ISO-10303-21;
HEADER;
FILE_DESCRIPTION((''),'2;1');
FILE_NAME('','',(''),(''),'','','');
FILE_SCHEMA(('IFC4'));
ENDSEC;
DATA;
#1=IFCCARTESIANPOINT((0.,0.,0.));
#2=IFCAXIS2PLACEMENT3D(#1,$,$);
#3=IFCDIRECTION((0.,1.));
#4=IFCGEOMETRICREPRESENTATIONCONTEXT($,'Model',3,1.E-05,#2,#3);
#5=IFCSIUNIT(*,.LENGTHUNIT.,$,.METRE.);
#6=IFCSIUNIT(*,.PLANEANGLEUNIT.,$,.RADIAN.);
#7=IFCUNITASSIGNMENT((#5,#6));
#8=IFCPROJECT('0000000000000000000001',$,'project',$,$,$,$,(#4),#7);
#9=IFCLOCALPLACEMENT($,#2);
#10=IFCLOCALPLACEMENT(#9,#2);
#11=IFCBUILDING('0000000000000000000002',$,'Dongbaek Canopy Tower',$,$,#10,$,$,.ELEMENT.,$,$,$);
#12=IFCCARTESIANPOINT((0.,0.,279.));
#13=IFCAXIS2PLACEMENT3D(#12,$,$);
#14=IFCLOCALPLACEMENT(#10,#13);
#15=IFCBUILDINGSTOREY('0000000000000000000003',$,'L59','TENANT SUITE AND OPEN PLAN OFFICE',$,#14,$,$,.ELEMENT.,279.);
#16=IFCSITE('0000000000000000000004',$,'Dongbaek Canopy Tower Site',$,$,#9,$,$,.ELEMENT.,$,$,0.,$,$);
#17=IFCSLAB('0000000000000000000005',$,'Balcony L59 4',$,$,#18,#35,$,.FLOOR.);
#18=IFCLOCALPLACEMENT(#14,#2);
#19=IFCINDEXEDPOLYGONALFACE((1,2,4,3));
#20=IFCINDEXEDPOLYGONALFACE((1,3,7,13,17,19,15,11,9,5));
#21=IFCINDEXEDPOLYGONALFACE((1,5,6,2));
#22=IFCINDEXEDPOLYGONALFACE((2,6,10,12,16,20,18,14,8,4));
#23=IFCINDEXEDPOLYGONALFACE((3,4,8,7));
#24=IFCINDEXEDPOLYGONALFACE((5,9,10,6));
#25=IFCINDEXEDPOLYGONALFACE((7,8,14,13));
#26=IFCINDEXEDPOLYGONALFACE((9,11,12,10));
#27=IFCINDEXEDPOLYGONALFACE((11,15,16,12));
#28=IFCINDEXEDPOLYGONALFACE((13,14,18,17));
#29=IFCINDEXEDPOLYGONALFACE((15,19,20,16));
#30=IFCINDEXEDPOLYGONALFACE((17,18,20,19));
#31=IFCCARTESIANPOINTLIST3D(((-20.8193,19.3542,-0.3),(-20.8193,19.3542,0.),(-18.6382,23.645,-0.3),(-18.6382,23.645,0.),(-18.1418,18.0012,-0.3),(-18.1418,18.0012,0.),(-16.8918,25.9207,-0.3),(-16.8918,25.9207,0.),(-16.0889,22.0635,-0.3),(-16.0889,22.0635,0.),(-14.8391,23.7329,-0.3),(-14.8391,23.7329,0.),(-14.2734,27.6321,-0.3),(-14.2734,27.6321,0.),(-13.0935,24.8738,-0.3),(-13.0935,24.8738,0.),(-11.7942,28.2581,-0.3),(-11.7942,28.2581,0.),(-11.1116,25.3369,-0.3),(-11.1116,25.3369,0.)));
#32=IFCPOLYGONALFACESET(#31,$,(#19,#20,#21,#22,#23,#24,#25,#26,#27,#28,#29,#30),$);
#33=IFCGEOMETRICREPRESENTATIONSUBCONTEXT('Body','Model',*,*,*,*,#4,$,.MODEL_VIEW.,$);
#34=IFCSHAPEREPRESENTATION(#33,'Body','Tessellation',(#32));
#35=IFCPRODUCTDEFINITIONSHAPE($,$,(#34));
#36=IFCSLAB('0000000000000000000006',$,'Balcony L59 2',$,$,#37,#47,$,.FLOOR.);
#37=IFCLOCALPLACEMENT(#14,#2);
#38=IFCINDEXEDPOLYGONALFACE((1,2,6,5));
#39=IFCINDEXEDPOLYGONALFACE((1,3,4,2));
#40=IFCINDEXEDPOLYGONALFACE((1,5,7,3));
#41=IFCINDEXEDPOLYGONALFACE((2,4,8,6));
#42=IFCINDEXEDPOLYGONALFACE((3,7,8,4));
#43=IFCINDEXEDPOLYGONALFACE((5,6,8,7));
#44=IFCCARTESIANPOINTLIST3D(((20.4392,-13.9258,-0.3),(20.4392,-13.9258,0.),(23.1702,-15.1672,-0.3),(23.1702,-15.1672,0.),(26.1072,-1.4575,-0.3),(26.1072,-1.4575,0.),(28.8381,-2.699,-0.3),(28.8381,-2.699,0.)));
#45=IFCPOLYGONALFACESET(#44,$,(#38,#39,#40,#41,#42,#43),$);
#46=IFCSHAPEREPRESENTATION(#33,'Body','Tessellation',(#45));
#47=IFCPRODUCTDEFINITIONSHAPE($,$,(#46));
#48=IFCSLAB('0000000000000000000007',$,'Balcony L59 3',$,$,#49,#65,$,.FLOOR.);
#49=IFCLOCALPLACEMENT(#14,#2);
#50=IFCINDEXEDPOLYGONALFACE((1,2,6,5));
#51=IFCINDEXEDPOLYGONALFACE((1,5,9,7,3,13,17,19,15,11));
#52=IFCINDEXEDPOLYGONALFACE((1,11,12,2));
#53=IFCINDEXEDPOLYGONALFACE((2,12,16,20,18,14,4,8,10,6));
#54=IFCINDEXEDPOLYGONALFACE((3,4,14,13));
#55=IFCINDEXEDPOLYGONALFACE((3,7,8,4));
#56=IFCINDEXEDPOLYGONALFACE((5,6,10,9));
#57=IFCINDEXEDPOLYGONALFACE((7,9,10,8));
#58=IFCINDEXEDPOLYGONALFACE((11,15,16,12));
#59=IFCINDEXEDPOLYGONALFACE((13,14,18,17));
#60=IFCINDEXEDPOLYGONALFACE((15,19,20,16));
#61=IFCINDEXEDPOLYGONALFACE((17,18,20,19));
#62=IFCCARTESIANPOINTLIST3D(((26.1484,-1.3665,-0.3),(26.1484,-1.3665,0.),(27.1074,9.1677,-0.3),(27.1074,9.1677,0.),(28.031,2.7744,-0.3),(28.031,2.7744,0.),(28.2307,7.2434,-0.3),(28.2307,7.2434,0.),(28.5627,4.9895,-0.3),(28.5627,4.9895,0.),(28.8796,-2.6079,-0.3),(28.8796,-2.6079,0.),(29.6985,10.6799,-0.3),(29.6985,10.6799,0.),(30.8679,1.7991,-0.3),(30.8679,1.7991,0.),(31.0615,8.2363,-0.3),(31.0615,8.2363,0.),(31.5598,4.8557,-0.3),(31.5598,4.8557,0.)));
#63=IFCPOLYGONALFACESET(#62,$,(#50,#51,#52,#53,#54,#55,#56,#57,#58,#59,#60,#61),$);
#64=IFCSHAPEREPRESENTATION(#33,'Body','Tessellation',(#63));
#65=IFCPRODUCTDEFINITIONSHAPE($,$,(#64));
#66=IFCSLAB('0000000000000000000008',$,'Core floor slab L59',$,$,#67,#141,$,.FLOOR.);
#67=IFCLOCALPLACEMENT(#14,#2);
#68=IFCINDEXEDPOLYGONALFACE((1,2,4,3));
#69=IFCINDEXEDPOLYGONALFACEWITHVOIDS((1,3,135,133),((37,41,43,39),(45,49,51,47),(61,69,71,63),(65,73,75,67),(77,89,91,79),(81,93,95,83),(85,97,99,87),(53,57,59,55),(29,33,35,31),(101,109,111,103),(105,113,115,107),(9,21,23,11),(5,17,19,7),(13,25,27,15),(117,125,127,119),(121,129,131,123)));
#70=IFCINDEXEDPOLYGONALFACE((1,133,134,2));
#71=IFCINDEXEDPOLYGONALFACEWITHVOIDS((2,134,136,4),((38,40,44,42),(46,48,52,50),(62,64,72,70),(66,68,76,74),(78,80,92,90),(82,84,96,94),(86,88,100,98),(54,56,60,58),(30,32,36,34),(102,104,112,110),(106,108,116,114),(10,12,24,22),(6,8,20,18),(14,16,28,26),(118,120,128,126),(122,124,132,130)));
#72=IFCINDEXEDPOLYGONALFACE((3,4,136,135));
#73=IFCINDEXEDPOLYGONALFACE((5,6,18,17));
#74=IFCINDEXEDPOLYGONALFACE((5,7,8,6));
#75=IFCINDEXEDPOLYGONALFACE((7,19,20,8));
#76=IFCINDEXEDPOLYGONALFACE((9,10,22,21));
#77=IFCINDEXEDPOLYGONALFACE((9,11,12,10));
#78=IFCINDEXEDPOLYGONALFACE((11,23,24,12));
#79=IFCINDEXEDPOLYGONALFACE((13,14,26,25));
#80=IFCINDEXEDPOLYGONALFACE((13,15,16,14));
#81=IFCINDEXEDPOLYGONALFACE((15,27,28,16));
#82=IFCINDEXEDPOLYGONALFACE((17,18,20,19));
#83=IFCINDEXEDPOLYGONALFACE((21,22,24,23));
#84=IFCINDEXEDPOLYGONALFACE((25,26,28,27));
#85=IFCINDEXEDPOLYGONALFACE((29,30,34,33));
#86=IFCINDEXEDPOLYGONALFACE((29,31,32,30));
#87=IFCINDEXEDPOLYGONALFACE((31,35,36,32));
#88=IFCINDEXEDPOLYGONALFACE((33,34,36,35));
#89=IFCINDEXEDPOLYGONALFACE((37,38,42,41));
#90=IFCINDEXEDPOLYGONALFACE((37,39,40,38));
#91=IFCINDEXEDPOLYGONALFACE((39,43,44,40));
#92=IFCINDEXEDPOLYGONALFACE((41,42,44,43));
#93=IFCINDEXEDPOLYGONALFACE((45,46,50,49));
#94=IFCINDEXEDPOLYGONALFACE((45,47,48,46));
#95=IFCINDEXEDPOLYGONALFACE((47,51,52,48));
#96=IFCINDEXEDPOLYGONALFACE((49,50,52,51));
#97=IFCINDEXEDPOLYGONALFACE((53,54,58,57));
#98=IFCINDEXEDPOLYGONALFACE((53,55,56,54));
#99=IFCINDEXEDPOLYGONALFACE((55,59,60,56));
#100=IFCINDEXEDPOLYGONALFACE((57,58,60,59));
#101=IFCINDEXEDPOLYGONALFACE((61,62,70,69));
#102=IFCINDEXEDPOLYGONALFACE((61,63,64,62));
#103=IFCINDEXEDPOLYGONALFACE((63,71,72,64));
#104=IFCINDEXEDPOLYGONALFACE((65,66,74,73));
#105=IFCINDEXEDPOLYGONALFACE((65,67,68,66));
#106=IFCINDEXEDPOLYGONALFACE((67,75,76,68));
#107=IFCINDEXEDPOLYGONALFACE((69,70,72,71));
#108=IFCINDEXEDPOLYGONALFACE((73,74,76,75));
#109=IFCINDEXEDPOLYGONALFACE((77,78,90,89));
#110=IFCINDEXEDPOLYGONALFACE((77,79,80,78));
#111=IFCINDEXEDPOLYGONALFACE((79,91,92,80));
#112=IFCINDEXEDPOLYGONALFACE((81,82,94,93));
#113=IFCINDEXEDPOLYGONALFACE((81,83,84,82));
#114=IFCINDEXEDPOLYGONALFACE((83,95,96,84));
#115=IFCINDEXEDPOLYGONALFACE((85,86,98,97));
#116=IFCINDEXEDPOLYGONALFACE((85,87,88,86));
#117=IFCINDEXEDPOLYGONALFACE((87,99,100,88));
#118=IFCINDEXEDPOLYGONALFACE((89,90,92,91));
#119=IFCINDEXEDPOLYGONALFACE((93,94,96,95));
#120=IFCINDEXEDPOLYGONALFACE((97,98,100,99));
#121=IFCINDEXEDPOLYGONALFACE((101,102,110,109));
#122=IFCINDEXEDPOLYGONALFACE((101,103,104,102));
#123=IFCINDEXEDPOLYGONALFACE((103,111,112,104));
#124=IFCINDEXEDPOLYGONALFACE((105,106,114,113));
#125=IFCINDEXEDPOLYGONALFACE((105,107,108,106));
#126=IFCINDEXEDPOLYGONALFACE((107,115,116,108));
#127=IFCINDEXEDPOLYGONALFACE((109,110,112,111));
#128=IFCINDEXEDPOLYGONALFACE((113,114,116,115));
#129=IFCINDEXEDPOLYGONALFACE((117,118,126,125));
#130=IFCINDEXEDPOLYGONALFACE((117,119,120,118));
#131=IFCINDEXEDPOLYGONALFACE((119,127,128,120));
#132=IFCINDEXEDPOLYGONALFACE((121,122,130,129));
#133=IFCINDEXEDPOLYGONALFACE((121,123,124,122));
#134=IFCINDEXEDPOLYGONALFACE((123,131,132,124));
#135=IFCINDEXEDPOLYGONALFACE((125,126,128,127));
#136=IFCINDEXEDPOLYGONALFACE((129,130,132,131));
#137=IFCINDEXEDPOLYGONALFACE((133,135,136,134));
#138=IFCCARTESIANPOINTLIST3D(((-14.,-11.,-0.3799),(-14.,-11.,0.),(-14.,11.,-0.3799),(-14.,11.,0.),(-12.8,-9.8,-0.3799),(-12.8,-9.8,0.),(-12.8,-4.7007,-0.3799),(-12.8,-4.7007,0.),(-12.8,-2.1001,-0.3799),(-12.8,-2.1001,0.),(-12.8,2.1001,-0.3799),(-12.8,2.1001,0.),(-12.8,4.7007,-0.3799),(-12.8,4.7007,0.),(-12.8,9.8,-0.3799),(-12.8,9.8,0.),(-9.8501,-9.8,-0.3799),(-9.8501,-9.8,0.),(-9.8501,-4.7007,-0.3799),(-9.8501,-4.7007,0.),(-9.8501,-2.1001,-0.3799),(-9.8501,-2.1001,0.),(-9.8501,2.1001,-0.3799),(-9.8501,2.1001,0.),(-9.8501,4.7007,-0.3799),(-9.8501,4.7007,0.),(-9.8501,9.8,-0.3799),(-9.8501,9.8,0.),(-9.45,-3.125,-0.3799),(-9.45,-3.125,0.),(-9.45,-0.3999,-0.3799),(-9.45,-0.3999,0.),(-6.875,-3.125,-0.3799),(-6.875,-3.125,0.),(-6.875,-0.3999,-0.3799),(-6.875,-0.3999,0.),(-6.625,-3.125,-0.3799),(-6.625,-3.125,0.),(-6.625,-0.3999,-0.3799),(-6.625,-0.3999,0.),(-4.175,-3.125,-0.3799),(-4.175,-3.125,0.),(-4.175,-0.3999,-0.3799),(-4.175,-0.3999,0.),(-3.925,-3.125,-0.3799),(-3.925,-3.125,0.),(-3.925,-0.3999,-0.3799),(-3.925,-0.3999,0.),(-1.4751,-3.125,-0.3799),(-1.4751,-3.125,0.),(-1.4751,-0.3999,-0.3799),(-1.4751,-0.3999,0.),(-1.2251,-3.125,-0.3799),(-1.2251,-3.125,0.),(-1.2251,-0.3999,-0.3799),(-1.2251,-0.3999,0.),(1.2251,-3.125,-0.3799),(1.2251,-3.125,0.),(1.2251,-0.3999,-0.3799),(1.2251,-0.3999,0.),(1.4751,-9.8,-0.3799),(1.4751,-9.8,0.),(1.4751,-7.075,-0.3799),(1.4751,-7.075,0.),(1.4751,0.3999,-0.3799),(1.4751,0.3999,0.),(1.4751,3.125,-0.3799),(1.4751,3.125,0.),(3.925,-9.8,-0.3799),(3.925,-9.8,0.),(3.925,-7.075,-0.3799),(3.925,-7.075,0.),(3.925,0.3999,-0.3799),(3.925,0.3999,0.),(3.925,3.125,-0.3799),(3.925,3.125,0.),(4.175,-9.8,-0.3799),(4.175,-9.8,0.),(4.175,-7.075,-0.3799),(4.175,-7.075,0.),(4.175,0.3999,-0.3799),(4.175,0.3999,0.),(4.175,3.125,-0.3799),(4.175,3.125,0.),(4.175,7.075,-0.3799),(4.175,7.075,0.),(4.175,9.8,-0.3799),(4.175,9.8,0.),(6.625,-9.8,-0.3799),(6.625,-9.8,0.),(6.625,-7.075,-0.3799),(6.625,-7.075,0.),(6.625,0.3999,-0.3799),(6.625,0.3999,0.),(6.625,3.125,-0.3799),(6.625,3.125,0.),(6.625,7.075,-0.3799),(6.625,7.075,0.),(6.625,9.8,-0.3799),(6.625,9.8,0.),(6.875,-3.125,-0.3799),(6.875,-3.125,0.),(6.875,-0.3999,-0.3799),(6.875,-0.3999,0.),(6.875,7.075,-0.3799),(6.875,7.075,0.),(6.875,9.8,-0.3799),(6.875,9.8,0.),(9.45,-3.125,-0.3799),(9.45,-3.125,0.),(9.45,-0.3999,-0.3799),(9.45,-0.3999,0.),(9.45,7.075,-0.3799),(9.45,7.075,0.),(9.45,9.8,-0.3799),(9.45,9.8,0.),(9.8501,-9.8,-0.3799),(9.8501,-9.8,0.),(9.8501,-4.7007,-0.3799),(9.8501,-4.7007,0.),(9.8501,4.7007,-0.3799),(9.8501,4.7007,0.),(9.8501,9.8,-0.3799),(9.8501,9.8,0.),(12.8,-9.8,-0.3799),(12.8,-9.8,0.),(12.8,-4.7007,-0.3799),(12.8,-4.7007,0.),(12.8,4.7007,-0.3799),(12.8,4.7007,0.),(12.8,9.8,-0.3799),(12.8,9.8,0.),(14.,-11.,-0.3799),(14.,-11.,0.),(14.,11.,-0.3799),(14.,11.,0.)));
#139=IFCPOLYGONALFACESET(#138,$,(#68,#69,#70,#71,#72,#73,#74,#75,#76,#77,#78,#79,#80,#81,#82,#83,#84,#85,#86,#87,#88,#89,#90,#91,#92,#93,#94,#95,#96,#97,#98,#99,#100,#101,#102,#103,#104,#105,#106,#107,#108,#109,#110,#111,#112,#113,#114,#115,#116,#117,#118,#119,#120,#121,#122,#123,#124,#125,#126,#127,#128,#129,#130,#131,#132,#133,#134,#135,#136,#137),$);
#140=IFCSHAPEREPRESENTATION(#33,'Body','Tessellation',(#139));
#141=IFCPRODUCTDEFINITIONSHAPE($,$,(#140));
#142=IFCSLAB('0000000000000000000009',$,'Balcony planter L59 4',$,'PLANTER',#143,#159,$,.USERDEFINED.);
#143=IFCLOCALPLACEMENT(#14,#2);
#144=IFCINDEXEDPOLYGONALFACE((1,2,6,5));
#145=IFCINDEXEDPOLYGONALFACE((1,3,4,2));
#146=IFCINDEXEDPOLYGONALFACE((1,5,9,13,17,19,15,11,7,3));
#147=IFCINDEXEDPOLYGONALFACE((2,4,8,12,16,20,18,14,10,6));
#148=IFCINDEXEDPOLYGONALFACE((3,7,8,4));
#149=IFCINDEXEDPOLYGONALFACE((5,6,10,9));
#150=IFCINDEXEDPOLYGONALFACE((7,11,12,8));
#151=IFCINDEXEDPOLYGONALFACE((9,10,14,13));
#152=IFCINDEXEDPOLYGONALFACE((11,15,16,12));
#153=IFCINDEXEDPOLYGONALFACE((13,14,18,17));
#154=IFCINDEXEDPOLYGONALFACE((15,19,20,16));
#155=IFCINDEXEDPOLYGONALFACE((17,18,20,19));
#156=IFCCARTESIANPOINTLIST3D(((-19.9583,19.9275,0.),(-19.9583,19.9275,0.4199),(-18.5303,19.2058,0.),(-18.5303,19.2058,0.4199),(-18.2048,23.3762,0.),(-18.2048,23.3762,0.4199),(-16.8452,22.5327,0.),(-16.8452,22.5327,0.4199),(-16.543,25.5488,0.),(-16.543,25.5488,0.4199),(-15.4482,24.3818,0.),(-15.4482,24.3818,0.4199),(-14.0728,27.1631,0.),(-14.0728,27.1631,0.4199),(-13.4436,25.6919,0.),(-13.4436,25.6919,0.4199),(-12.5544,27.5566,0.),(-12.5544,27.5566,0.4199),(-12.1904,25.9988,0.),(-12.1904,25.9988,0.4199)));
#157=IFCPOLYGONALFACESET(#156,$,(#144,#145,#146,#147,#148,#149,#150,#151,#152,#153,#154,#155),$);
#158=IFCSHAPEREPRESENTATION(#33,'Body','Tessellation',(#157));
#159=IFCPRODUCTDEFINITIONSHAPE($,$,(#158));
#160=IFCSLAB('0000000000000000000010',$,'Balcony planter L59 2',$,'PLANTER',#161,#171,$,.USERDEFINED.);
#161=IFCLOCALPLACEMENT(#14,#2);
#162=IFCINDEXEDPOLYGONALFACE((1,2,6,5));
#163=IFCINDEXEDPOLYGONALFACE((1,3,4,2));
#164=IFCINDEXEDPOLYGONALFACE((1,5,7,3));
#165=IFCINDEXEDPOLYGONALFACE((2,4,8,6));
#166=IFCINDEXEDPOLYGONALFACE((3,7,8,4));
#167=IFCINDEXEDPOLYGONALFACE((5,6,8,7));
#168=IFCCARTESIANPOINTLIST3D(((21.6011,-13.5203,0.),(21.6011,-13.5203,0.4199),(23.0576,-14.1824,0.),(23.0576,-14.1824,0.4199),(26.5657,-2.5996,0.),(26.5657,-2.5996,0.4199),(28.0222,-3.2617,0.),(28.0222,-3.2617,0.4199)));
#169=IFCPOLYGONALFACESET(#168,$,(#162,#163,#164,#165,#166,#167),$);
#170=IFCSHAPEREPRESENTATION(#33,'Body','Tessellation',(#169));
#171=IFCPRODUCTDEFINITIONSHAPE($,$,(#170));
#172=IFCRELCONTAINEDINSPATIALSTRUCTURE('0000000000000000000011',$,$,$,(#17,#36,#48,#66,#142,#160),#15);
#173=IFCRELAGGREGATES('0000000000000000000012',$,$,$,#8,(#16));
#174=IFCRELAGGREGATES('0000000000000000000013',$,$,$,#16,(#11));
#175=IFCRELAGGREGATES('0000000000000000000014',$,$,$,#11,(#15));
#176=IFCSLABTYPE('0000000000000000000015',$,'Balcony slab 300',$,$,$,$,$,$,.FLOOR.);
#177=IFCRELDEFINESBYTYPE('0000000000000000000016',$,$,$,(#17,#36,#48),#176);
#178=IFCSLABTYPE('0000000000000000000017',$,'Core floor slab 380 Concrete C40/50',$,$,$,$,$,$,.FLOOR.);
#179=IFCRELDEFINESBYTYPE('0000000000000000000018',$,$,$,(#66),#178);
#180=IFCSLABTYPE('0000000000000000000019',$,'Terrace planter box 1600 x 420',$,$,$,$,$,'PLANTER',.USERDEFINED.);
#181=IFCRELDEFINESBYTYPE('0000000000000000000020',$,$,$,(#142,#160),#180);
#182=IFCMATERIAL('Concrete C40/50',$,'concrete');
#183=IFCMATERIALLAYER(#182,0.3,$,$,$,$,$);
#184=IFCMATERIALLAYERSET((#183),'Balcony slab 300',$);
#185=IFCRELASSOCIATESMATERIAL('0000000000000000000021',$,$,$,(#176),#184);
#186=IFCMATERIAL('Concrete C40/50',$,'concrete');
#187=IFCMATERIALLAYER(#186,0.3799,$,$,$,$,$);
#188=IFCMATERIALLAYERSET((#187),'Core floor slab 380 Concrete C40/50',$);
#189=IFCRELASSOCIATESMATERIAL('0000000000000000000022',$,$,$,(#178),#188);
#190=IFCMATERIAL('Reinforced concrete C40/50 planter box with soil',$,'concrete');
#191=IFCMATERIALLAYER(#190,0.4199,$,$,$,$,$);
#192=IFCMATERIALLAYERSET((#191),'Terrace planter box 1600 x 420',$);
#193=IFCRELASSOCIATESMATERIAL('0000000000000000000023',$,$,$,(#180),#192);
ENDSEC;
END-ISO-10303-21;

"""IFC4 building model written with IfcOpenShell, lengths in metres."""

from ifc_helpers import new_model, si_unit, direction, frame, origin, place, context, subcontext, project, spatial, polyline, outline, extrude, material, layer, layer_set, type_object, element, save


model = new_model("IFC4")

# Units and contexts
model_context = context("Model", 3, precision=1e-05, world=origin(), true_north=direction((0.0, 1.0)))
body_context = subcontext(model_context, "Body", "Model", "MODEL_VIEW")
ifc_project = project(units=[si_unit("LENGTHUNIT", "METRE"), si_unit("PLANEANGLEUNIT", "RADIAN")], contexts=[model_context])

# Site, building, storey
site_placement = place(None, origin())
site = spatial("IfcSite", under=ifc_project, at=site_placement, Name="Dongbaek Canopy Tower Site", CompositionType="ELEMENT", RefElevation=0.0)
building_placement = place(site_placement, origin())
building = spatial("IfcBuilding", under=site, at=building_placement, Name="Dongbaek Canopy Tower", CompositionType="ELEMENT")
storey_placement = place(building_placement, frame((0.0, 0.0, 279.0)))
storey = spatial("IfcBuildingStorey", under=building, at=storey_placement, Name="L59", Description="TENANT SUITE AND OPEN PLAN OFFICE", CompositionType="ELEMENT", Elevation=279.0)

# Slabs
ifc_material_1 = material(Name="Concrete C40/50", Category="concrete")
ifc_layer_1 = layer(ifc_material_1, 0.3)
ifc_layer_set_1 = layer_set([ifc_layer_1], Name="Balcony slab 300")
slab_type_1 = type_object("IfcSlabType", Name="Balcony slab 300", PredefinedType="FLOOR", material=ifc_layer_set_1)
slab_1_placement = place(storey_placement, frame((0.0, 0.0, -0.3)))
element("IfcSlab", 1, at=slab_1_placement, inside=storey, type_object=slab_type_1, Name="Balcony L59 4", PredefinedType="FLOOR", context=body_context, shape_type="SweptSolid", body=[
    extrude(outline(polyline([(-11.1116, 25.3369), (-13.0935, 24.8738), (-14.8391, 23.7329), (-16.0889, 22.0635), (-18.1418, 18.0012), (-20.8193, 19.3542), (-18.6382, 23.645), (-16.8918, 25.9207), (-14.2734, 27.6321), (-11.7942, 28.2581), (-11.1116, 25.3369)])), origin(), (0.0, 0.0, 1.0), 0.3),
])
slab_2_placement = place(storey_placement, frame((0.0, 0.0, -0.3)))
element("IfcSlab", 2, at=slab_2_placement, inside=storey, type_object=slab_type_1, Name="Balcony L59 2", PredefinedType="FLOOR", context=body_context, shape_type="SweptSolid", body=[
    extrude(outline(polyline([(20.4392, -13.9258), (26.1072, -1.4575), (28.8381, -2.699), (23.1702, -15.1672), (20.4392, -13.9258)])), origin(), (0.0, 0.0, 1.0), 0.3),
])
slab_3_placement = place(storey_placement, frame((0.0, 0.0, -0.3)))
element("IfcSlab", 3, at=slab_3_placement, inside=storey, type_object=slab_type_1, Name="Balcony L59 3", PredefinedType="FLOOR", context=body_context, shape_type="SweptSolid", body=[
    extrude(outline(polyline([(26.1484, -1.3665), (28.031, 2.7744), (28.5627, 4.9895), (28.2307, 7.2434), (27.1074, 9.1677), (29.6985, 10.6799), (31.0615, 8.2363), (31.5598, 4.8557), (30.8679, 1.7991), (28.8796, -2.6079), (26.1484, -1.3665)])), origin(), (0.0, 0.0, 1.0), 0.3),
])
ifc_material_2 = material(Name="Concrete C40/50", Category="concrete")
ifc_layer_2 = layer(ifc_material_2, 0.3799)
ifc_layer_set_2 = layer_set([ifc_layer_2], Name="Core floor slab 380 Concrete C40/50")
slab_type_2 = type_object("IfcSlabType", Name="Core floor slab 380 Concrete C40/50", PredefinedType="FLOOR", material=ifc_layer_set_2)
slab_4_placement = place(storey_placement, frame((0.0, 0.0, -0.3799)))
element("IfcSlab", 4, at=slab_4_placement, inside=storey, type_object=slab_type_2, Name="Core floor slab L59", PredefinedType="FLOOR", context=body_context, shape_type="SweptSolid", body=[
    extrude(outline(polyline([(14.0, -11.0), (14.0, 11.0), (-14.0, 11.0), (-14.0, -11.0), (14.0, -11.0)]), holes=[polyline([(-12.8, 2.1001), (-9.8501, 2.1001), (-9.8501, -2.1001), (-12.8, -2.1001), (-12.8, 2.1001)]), polyline([(6.625, 9.8), (6.625, 7.075), (4.175, 7.075), (4.175, 9.8), (6.625, 9.8)]), polyline([(9.45, 7.075), (6.875, 7.075), (6.875, 9.8), (9.45, 9.8), (9.45, 7.075)]), polyline([(3.925, 3.125), (3.925, 0.3999), (1.4751, 0.3999), (1.4751, 3.125), (3.925, 3.125)]), polyline([(4.175, 3.125), (6.625, 3.125), (6.625, 0.3999), (4.175, 0.3999), (4.175, 3.125)]), polyline([(-9.45, -0.3999), (-6.875, -0.3999), (-6.875, -3.125), (-9.45, -3.125), (-9.45, -0.3999)]), polyline([(-6.625, -0.3999), (-4.175, -0.3999), (-4.175, -3.125), (-6.625, -3.125), (-6.625, -0.3999)]), polyline([(-3.925, -0.3999), (-1.4751, -0.3999), (-1.4751, -3.125), (-3.925, -3.125), (-3.925, -0.3999)]), polyline([(-1.2251, -0.3999), (1.2251, -0.3999), (1.2251, -3.125), (-1.2251, -3.125), (-1.2251, -0.3999)]), polyline([(9.45, -3.125), (6.875, -3.125), (6.875, -0.3999), (9.45, -0.3999), (9.45, -3.125)]), polyline([(1.4751, -9.8), (1.4751, -7.075), (3.925, -7.075), (3.925, -9.8), (1.4751, -9.8)]), polyline([(4.175, -9.8), (4.175, -7.075), (6.625, -7.075), (6.625, -9.8), (4.175, -9.8)]), polyline([(12.8, 4.7007), (12.8, 9.8), (9.8501, 9.8), (9.8501, 4.7007), (12.8, 4.7007)]), polyline([(-9.8501, 4.7007), (-9.8501, 9.8), (-12.8, 9.8), (-12.8, 4.7007), (-9.8501, 4.7007)]), polyline([(9.8501, -4.7007), (9.8501, -9.8), (12.8, -9.8), (12.8, -4.7007), (9.8501, -4.7007)]), polyline([(-12.8, -4.7007), (-12.8, -9.8), (-9.8501, -9.8), (-9.8501, -4.7007), (-12.8, -4.7007)])]), origin(), (0.0, 0.0, 1.0), 0.3799),
])
ifc_material_3 = material(Name="Reinforced concrete C40/50 planter box with soil", Category="concrete")
ifc_layer_3 = layer(ifc_material_3, 0.4199)
ifc_layer_set_3 = layer_set([ifc_layer_3], Name="Terrace planter box 1600 x 420")
slab_type_3 = type_object("IfcSlabType", Name="Terrace planter box 1600 x 420", ElementType="PLANTER", PredefinedType="USERDEFINED", material=ifc_layer_set_3)
slab_5_placement = place(storey_placement, origin())
element("IfcSlab", 5, at=slab_5_placement, inside=storey, type_object=slab_type_3, Name="Balcony planter L59 4", ObjectType="PLANTER", PredefinedType="USERDEFINED", context=body_context, shape_type="SweptSolid", body=[
    extrude(outline(polyline([(-12.1904, 25.9988), (-13.4436, 25.6919), (-15.4482, 24.3818), (-16.8452, 22.5327), (-18.5303, 19.2058), (-19.9583, 19.9275), (-18.2048, 23.3762), (-16.543, 25.5488), (-14.0728, 27.1631), (-12.5544, 27.5566), (-12.1904, 25.9988)])), origin(), (0.0, 0.0, 1.0), 0.4199),
])
slab_6_placement = place(storey_placement, origin())
element("IfcSlab", 6, at=slab_6_placement, inside=storey, type_object=slab_type_3, Name="Balcony planter L59 2", ObjectType="PLANTER", PredefinedType="USERDEFINED", context=body_context, shape_type="SweptSolid", body=[
    extrude(outline(polyline([(21.6011, -13.5203), (26.5657, -2.5996), (28.0222, -3.2617), (23.0576, -14.1824), (21.6011, -13.5203)])), origin(), (0.0, 0.0, 1.0), 0.4199),
])

save(model, "model.ifc")
